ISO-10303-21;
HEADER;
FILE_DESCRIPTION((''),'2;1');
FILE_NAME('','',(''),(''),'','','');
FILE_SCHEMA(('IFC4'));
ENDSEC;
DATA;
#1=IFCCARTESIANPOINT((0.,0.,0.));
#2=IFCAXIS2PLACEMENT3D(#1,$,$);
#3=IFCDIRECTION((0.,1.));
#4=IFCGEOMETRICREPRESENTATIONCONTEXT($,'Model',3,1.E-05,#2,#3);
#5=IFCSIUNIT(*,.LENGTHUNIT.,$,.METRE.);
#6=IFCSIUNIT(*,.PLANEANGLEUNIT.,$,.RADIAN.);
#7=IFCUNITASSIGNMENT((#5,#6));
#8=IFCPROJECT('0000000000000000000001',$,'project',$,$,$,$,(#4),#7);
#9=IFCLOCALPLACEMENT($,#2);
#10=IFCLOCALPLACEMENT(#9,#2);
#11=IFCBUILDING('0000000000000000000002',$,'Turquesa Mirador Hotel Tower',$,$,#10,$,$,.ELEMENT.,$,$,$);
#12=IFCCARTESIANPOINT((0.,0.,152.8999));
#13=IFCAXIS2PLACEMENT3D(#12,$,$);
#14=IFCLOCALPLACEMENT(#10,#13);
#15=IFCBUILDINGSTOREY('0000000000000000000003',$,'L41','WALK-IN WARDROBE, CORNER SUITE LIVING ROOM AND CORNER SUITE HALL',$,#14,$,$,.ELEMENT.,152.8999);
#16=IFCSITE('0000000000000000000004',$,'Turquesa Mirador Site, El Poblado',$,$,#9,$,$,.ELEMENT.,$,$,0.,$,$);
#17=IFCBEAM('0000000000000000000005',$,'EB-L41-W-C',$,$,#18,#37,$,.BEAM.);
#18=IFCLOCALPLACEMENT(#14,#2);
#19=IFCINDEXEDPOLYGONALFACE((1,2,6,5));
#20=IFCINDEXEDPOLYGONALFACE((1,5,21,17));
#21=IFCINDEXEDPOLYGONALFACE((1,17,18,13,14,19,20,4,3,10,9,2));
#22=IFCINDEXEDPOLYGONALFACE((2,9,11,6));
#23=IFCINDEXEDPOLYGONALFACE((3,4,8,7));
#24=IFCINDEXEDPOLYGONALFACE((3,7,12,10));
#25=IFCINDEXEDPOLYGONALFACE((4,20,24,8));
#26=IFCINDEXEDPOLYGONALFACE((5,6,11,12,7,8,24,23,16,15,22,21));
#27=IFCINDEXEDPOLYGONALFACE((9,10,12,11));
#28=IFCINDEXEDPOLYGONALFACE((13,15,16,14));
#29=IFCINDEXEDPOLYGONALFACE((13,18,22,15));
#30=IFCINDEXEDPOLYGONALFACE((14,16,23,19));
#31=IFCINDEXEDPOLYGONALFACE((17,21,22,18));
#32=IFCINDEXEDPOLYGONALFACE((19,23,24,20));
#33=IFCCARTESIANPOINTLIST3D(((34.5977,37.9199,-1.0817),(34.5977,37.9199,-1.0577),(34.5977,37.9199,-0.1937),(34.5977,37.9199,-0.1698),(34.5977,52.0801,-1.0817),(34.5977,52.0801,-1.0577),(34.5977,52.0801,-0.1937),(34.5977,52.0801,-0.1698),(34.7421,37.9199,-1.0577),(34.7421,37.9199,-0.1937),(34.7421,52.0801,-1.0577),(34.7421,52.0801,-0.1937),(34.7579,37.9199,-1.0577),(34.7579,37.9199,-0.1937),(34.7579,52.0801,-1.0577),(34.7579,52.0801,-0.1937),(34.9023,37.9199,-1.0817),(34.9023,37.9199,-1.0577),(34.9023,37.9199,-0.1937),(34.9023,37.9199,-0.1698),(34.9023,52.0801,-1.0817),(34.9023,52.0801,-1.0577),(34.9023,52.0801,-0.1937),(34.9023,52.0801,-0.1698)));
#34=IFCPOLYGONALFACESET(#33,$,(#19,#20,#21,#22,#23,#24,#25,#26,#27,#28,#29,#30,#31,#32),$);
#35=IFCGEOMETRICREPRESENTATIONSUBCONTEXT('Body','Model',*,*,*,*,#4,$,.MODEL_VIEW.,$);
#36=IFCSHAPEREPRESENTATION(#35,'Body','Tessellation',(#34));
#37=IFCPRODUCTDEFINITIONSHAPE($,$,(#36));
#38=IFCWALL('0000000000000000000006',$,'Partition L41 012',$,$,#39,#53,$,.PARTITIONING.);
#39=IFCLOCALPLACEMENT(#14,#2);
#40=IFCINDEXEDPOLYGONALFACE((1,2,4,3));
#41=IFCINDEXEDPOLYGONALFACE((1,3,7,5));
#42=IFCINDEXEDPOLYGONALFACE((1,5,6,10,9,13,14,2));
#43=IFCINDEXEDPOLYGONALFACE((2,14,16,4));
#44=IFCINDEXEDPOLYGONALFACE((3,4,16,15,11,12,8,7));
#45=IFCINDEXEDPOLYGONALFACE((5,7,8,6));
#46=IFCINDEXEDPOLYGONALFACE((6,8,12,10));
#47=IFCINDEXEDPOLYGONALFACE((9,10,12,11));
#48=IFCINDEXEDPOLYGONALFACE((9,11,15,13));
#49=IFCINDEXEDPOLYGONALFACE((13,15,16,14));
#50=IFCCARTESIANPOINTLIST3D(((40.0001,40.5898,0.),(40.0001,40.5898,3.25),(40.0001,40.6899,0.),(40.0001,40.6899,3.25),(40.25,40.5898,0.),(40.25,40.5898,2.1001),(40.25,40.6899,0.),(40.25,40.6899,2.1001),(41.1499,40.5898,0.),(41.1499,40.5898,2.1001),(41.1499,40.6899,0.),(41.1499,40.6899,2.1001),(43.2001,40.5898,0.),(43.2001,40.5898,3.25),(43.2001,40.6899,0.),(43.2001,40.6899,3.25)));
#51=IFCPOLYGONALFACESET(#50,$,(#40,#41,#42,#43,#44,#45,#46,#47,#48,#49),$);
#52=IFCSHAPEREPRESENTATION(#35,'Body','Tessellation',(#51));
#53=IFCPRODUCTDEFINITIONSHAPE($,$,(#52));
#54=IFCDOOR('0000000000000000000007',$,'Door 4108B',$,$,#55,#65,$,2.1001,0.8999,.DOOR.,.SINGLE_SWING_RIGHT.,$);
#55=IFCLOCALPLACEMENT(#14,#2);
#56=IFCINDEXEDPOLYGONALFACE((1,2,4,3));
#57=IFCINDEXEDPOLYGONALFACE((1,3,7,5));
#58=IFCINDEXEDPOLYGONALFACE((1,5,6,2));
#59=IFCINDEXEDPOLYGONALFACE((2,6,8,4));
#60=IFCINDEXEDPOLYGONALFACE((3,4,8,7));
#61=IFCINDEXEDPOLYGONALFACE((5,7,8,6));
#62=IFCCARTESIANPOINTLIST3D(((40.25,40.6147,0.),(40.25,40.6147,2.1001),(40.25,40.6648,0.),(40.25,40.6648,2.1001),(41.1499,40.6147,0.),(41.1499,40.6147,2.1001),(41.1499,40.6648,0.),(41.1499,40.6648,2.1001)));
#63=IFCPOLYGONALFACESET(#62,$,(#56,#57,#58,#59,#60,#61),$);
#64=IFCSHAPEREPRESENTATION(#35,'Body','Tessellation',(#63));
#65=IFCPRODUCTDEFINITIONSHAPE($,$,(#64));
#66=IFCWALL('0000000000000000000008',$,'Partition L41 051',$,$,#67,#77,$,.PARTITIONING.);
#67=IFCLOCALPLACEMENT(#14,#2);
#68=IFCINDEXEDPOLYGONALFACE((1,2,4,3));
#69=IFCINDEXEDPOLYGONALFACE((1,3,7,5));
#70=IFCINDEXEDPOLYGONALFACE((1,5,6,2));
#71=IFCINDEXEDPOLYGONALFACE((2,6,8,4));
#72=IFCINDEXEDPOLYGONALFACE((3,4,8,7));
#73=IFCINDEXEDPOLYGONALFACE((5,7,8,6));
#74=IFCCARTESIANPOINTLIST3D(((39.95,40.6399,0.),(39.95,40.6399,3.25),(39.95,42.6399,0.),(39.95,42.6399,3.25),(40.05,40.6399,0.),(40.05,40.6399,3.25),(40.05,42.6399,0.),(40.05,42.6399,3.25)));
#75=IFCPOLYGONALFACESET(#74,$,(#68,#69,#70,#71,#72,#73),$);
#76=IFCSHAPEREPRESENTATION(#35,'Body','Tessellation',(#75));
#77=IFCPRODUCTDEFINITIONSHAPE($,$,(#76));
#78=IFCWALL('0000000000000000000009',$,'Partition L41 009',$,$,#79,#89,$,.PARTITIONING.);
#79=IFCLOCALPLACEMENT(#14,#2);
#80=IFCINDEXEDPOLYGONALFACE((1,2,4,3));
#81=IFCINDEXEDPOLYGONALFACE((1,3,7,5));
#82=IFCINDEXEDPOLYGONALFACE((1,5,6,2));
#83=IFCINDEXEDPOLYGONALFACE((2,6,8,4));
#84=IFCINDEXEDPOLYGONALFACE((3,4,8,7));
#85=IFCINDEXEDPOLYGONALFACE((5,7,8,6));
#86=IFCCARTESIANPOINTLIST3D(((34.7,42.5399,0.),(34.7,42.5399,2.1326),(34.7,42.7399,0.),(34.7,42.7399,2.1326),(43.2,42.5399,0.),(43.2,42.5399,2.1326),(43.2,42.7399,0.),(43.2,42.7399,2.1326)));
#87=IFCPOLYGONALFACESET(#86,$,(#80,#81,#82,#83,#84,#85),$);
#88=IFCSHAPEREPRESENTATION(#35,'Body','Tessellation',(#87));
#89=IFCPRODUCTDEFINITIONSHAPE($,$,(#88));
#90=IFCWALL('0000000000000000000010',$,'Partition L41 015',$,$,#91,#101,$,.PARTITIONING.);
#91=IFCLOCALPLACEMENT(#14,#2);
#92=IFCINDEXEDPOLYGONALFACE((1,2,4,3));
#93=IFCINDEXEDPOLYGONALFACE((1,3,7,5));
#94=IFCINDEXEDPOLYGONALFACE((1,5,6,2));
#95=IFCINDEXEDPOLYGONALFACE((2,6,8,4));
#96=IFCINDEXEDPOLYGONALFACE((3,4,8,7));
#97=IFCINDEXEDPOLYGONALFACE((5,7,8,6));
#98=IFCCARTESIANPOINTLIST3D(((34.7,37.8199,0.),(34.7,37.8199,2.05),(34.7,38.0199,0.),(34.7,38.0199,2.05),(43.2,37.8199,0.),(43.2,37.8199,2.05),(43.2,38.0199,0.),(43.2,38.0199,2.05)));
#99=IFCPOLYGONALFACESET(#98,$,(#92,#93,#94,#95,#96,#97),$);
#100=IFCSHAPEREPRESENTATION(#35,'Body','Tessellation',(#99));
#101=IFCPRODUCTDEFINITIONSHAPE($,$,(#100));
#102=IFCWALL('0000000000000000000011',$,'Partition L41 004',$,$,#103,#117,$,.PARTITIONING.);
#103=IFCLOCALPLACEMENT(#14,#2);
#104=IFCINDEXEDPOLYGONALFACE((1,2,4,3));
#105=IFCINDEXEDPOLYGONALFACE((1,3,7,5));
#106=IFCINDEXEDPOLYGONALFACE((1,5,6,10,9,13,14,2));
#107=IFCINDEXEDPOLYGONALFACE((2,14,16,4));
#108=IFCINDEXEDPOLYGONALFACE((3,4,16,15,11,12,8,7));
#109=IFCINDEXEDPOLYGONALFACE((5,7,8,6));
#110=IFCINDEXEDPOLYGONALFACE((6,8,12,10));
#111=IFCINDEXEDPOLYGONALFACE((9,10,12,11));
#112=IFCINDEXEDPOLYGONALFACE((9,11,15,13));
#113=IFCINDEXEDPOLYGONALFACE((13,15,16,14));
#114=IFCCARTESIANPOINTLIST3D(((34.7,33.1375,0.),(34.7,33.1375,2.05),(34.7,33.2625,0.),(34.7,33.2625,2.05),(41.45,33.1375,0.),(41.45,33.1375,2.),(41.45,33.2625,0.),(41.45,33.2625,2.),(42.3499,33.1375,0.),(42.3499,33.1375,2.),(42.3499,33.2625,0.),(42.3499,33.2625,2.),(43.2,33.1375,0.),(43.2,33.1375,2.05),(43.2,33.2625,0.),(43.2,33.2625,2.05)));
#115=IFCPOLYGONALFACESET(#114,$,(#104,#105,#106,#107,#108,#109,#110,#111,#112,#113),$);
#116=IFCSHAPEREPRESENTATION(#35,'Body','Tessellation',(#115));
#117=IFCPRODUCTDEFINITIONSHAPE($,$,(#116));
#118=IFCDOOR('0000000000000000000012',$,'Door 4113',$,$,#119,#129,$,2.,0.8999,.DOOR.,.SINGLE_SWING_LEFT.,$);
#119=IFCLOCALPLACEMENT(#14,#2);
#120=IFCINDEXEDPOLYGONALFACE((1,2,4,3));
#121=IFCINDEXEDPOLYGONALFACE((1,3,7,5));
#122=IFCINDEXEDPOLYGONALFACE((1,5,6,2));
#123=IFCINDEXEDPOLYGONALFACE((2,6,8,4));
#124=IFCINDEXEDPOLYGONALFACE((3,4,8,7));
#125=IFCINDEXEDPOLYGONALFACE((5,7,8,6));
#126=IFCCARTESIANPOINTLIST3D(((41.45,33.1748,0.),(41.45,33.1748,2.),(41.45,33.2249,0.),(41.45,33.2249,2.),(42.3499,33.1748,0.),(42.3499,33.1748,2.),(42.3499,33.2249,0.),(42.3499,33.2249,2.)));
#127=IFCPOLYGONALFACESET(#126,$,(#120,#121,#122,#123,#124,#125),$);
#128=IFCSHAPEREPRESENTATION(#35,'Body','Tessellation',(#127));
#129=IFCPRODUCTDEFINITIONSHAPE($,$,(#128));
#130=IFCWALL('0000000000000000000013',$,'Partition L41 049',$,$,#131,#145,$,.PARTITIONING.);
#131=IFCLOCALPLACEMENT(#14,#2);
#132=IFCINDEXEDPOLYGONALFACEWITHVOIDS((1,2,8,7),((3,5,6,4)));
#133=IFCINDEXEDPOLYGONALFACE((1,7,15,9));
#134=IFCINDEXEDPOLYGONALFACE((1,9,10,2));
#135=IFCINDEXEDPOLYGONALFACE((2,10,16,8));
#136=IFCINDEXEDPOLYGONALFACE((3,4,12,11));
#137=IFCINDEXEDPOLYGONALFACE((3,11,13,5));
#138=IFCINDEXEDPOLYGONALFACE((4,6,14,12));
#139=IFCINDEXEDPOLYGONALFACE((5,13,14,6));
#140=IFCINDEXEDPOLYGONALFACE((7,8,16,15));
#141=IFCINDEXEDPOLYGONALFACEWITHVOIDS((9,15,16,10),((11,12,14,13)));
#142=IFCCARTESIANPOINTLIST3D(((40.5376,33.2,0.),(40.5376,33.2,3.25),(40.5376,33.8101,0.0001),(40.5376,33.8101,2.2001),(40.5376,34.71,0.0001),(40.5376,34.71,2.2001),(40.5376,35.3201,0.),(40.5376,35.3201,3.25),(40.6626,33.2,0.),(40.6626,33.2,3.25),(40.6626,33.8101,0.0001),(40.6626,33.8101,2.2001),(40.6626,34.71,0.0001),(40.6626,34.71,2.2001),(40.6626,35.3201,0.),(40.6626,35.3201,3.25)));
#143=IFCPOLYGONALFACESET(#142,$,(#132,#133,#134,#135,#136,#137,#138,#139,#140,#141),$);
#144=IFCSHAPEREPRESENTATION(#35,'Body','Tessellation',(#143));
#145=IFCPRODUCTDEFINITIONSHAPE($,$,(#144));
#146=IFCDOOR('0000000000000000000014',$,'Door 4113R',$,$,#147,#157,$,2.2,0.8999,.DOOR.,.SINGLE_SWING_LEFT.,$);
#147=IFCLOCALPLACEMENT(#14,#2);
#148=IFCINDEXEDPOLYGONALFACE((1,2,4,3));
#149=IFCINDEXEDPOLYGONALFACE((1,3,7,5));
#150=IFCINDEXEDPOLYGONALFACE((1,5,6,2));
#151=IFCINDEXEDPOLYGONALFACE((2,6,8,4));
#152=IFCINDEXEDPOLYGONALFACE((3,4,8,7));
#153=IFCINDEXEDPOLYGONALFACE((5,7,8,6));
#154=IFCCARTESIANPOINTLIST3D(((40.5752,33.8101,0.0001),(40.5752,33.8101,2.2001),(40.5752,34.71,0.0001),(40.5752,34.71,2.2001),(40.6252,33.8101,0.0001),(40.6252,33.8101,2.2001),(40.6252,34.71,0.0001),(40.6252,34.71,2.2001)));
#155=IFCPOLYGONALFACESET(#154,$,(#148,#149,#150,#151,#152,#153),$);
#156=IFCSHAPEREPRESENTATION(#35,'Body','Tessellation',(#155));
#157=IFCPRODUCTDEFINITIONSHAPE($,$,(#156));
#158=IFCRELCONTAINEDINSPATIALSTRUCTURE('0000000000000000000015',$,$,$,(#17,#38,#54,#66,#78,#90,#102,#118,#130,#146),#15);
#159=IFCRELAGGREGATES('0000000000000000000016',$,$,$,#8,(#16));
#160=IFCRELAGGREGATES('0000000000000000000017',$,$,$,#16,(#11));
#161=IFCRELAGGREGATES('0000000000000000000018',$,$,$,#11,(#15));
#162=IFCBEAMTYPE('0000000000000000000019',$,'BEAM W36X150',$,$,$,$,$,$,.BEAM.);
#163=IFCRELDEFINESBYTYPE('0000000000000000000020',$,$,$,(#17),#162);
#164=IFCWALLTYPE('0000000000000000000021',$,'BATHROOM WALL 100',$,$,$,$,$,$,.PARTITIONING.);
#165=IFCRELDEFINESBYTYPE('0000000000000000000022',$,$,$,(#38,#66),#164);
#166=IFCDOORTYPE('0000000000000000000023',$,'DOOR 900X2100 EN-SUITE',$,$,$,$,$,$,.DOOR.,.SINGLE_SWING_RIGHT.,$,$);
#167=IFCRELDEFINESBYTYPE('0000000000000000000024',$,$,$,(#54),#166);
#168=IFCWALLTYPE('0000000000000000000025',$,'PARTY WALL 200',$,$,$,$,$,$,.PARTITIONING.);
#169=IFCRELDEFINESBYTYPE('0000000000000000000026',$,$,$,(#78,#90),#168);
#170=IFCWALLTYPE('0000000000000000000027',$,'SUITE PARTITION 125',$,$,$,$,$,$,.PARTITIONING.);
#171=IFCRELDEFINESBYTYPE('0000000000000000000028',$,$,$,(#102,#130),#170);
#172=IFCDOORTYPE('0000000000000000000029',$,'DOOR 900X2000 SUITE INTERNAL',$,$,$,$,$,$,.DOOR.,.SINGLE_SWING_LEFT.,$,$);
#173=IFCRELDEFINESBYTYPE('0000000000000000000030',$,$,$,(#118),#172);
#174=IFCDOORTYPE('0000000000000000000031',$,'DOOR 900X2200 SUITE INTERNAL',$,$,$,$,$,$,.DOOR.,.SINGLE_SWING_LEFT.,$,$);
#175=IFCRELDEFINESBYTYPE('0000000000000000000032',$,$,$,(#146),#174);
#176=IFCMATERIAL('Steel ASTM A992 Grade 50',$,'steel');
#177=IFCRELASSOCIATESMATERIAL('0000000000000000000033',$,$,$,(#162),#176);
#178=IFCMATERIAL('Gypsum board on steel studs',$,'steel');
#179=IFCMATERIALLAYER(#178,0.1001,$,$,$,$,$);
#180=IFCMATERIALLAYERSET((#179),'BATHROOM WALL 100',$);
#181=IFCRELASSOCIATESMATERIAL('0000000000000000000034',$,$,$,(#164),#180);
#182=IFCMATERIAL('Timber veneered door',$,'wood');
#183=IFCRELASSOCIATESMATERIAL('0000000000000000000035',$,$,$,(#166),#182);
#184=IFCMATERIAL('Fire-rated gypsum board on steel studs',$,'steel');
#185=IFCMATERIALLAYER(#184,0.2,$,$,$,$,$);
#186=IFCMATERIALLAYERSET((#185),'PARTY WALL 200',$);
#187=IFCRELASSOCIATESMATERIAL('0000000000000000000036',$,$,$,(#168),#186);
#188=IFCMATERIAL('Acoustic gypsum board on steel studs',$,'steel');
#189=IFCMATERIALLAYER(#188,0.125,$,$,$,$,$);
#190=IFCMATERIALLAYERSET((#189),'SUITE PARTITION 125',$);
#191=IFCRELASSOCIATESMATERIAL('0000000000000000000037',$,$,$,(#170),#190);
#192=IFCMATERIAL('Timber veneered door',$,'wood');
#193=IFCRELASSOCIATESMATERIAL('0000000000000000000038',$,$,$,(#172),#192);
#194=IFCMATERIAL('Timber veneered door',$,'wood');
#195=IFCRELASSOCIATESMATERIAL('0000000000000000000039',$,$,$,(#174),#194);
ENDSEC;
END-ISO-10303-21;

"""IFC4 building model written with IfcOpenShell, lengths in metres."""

from ifc_helpers import new_model, si_unit, direction, frame, frame_2d, origin, origin_2d, place, context, subcontext, project, spatial, rectangle, i_section, extrude, material, layer, layer_set, material_profile, profile_set, type_object, element, fill, save


model = new_model("IFC4")

# Units and contexts
model_context = context("Model", 3, precision=1e-05, world=origin(), true_north=direction((0.0, 1.0)))
body_context = subcontext(model_context, "Body", "Model", "MODEL_VIEW")
ifc_project = project(units=[si_unit("LENGTHUNIT", "METRE"), si_unit("PLANEANGLEUNIT", "RADIAN")], contexts=[model_context])

# Site, building, storey
site_placement = place(None, origin())
site = spatial("IfcSite", under=ifc_project, at=site_placement, Name="Turquesa Mirador Site, El Poblado", CompositionType="ELEMENT", RefElevation=0.0)
building_placement = place(site_placement, origin())
building = spatial("IfcBuilding", under=site, at=building_placement, Name="Turquesa Mirador Hotel Tower", CompositionType="ELEMENT")
storey_placement = place(building_placement, frame((0.0, 0.0, 152.8999)))
storey = spatial("IfcBuildingStorey", under=building, at=storey_placement, Name="L41", Description="WALK-IN WARDROBE, CORNER SUITE LIVING ROOM AND CORNER SUITE HALL", CompositionType="ELEMENT", Elevation=152.8999)

# Beam
ifc_material_1 = material(Name="Steel ASTM A992 Grade 50", Category="steel")
ifc_material_profile_1 = material_profile(ifc_material_1, i_section(OverallWidth=0.3047, OverallDepth=0.9119, WebThickness=0.0159, FlangeThickness=0.0239, at=origin_2d()), Name="W36X150")
ifc_profile_set_1 = profile_set([ifc_material_profile_1], Name="Steel ASTM A992 Grade 50")
beam_type_1 = type_object("IfcBeamType", Name="BEAM W36X150", PredefinedType="BEAM", material=ifc_profile_set_1)
beam_1_placement = place(storey_placement, frame((34.75, 37.9199, -0.6257), z_axis=(0.0, 1.0, 0.0), x_axis=(-1.0, 0.0, 0.0)))
element("IfcBeam", 1, at=beam_1_placement, inside=storey, type_object=beam_type_1, Name="EB-L41-W-C", PredefinedType="BEAM", context=body_context, shape_type="SweptSolid", body=[
    extrude(i_section(OverallWidth=0.3047, OverallDepth=0.9119, WebThickness=0.0159, FlangeThickness=0.0239, at=origin_2d()), origin(), (0.0, 0.0, 1.0), 14.1602),
])

# Wall, opening, door
ifc_material_2 = material(Name="Gypsum board on steel studs", Category="steel")
ifc_layer_1 = layer(ifc_material_2, 0.1001)
ifc_layer_set_1 = layer_set([ifc_layer_1], Name="BATHROOM WALL 100")
wall_type_1 = type_object("IfcWallType", Name="BATHROOM WALL 100", PredefinedType="PARTITIONING", material=ifc_layer_set_1)
wall_1_placement = place(storey_placement, frame((40.0, 40.6399, 0.0), z_axis=(0.0, 0.0, 1.0), x_axis=(1.0, 0.0, 0.0)))
wall_1 = element("IfcWall", 2, at=wall_1_placement, inside=storey, type_object=wall_type_1, Name="Partition L41 012", PredefinedType="PARTITIONING", context=body_context, shape_type="SweptSolid", body=[
    extrude(rectangle(XDim=3.2, YDim=0.1001, at=frame_2d((1.6001, 0.0))), origin(), (0.0, 0.0, 1.0), 3.25),
])
opening_1_placement = place(wall_1_placement, frame((0.25, 0.0, 0.0)))
opening_1 = element("IfcOpeningElement", 3, at=opening_1_placement, cuts=wall_1, PredefinedType="OPENING", context=body_context, shape_type="SweptSolid", body=[
    extrude(rectangle(XDim=0.8999, YDim=2.1001, at=frame_2d((0.45, 1.05))), frame((0.0, 0.0601, 0.0), z_axis=(0.0, -1.0, 0.0), x_axis=(1.0, 0.0, 0.0)), (0.0, 0.0, 1.0), 0.1201),
])
ifc_material_3 = material(Name="Timber veneered door", Category="wood")
door_type_1 = type_object("IfcDoorType", Name="DOOR 900X2100 EN-SUITE", OperationType="SINGLE_SWING_RIGHT", PredefinedType="DOOR", material=ifc_material_3)
door_1_placement = place(opening_1_placement, origin())
door_1 = element("IfcDoor", 4, at=door_1_placement, inside=storey, type_object=door_type_1, Name="Door 4108B", OperationType="SINGLE_SWING_RIGHT", OverallHeight=2.1001, OverallWidth=0.8999, PredefinedType="DOOR", context=body_context, shape_type="SweptSolid", body=[
    extrude(rectangle(XDim=0.8999, YDim=2.1001, at=frame_2d((0.45, 1.05))), frame((0.0, 0.0249, 0.0), z_axis=(0.0, -1.0, 0.0), x_axis=(1.0, 0.0, 0.0)), (0.0, 0.0, 1.0), 0.05),
])
fill(opening_1, door_1)

# Walls
wall_2_placement = place(storey_placement, frame((40.0, 40.6399, 0.0), z_axis=(0.0, 0.0, 1.0), x_axis=(0.0, 1.0, 0.0)))
element("IfcWall", 5, at=wall_2_placement, inside=storey, type_object=wall_type_1, Name="Partition L41 051", PredefinedType="PARTITIONING", context=body_context, shape_type="SweptSolid", body=[
    extrude(rectangle(XDim=2.0, YDim=0.1001, at=frame_2d((1.0, 0.0))), origin(), (0.0, 0.0, 1.0), 3.25),
])
ifc_material_4 = material(Name="Fire-rated gypsum board on steel studs", Category="steel")
ifc_layer_2 = layer(ifc_material_4, 0.2)
ifc_layer_set_2 = layer_set([ifc_layer_2], Name="PARTY WALL 200")
wall_type_2 = type_object("IfcWallType", Name="PARTY WALL 200", PredefinedType="PARTITIONING", material=ifc_layer_set_2)
wall_3_placement = place(storey_placement, frame((34.7, 42.6399, 0.0), z_axis=(0.0, 0.0, 1.0), x_axis=(1.0, 0.0, 0.0)))
element("IfcWall", 6, at=wall_3_placement, inside=storey, type_object=wall_type_2, Name="Partition L41 009", PredefinedType="PARTITIONING", context=body_context, shape_type="SweptSolid", body=[
    extrude(rectangle(XDim=8.5, YDim=0.2, at=frame_2d((4.25, 0.0))), origin(), (0.0, 0.0, 1.0), 2.1326),
])
wall_4_placement = place(storey_placement, frame((34.7, 37.9199, 0.0), z_axis=(0.0, 0.0, 1.0), x_axis=(1.0, 0.0, 0.0)))
element("IfcWall", 7, at=wall_4_placement, inside=storey, type_object=wall_type_2, Name="Partition L41 015", PredefinedType="PARTITIONING", context=body_context, shape_type="SweptSolid", body=[
    extrude(rectangle(XDim=8.5, YDim=0.2, at=frame_2d((4.25, 0.0))), origin(), (0.0, 0.0, 1.0), 2.05),
])

# Walls, openings, doors
ifc_material_5 = material(Name="Acoustic gypsum board on steel studs", Category="steel")
ifc_layer_3 = layer(ifc_material_5, 0.125)
ifc_layer_set_3 = layer_set([ifc_layer_3], Name="SUITE PARTITION 125")
wall_type_3 = type_object("IfcWallType", Name="SUITE PARTITION 125", PredefinedType="PARTITIONING", material=ifc_layer_set_3)
wall_5_placement = place(storey_placement, frame((34.7, 33.2, 0.0), z_axis=(0.0, 0.0, 1.0), x_axis=(1.0, 0.0, 0.0)))
wall_5 = element("IfcWall", 8, at=wall_5_placement, inside=storey, type_object=wall_type_3, Name="Partition L41 004", PredefinedType="PARTITIONING", context=body_context, shape_type="SweptSolid", body=[
    extrude(rectangle(XDim=8.5, YDim=0.125, at=frame_2d((4.25, 0.0))), origin(), (0.0, 0.0, 1.0), 2.05),
])
opening_2_placement = place(wall_5_placement, frame((6.75, 0.0, 0.0)))
opening_2 = element("IfcOpeningElement", 9, at=opening_2_placement, cuts=wall_5, PredefinedType="OPENING", context=body_context, shape_type="SweptSolid", body=[
    extrude(rectangle(XDim=0.8999, YDim=2.0, at=frame_2d((0.45, 1.0))), frame((0.0, 0.0725, 0.0), z_axis=(0.0, -1.0, 0.0), x_axis=(1.0, 0.0, 0.0)), (0.0, 0.0, 1.0), 0.145),
])
ifc_material_6 = material(Name="Timber veneered door", Category="wood")
door_type_2 = type_object("IfcDoorType", Name="DOOR 900X2000 SUITE INTERNAL", OperationType="SINGLE_SWING_LEFT", PredefinedType="DOOR", material=ifc_material_6)
door_2_placement = place(opening_2_placement, origin())
door_2 = element("IfcDoor", 10, at=door_2_placement, inside=storey, type_object=door_type_2, Name="Door 4113", OperationType="SINGLE_SWING_LEFT", OverallHeight=2.0, OverallWidth=0.8999, PredefinedType="DOOR", context=body_context, shape_type="SweptSolid", body=[
    extrude(rectangle(XDim=0.8999, YDim=2.0, at=frame_2d((0.45, 1.0))), frame((0.0, 0.0249, 0.0), z_axis=(0.0, -1.0, 0.0), x_axis=(1.0, 0.0, 0.0)), (0.0, 0.0, 1.0), 0.05),
])
fill(opening_2, door_2)
wall_6_placement = place(storey_placement, frame((40.6001, 33.2, 0.0), z_axis=(0.0, 0.0, 1.0), x_axis=(0.0, 1.0, 0.0)))
wall_6 = element("IfcWall", 11, at=wall_6_placement, inside=storey, type_object=wall_type_3, Name="Partition L41 049", PredefinedType="PARTITIONING", context=body_context, shape_type="SweptSolid", body=[
    extrude(rectangle(XDim=2.1201, YDim=0.125, at=frame_2d((1.0601, 0.0))), origin(), (0.0, 0.0, 1.0), 3.25),
])
opening_3_placement = place(wall_6_placement, frame((0.6101, 0.0, 0.0)))
opening_3 = element("IfcOpeningElement", 12, at=opening_3_placement, cuts=wall_6, PredefinedType="OPENING", context=body_context, shape_type="SweptSolid", body=[
    extrude(rectangle(XDim=0.8999, YDim=2.2, at=frame_2d((0.45, 1.1001))), frame((0.0, 0.0725, 0.0), z_axis=(0.0, -1.0, 0.0), x_axis=(1.0, 0.0, 0.0)), (0.0, 0.0, 1.0), 0.145),
])
ifc_material_7 = material(Name="Timber veneered door", Category="wood")
door_type_3 = type_object("IfcDoorType", Name="DOOR 900X2200 SUITE INTERNAL", OperationType="SINGLE_SWING_LEFT", PredefinedType="DOOR", material=ifc_material_7)
door_3_placement = place(opening_3_placement, origin())
door_3 = element("IfcDoor", 13, at=door_3_placement, inside=storey, type_object=door_type_3, Name="Door 4113R", OperationType="SINGLE_SWING_LEFT", OverallHeight=2.2, OverallWidth=0.8999, PredefinedType="DOOR", context=body_context, shape_type="SweptSolid", body=[
    extrude(rectangle(XDim=0.8999, YDim=2.2, at=frame_2d((0.45, 1.1001))), frame((0.0, 0.0249, 0.0), z_axis=(0.0, -1.0, 0.0), x_axis=(1.0, 0.0, 0.0)), (0.0, 0.0, 1.0), 0.05),
])
fill(opening_3, door_3)

save(model, "model.ifc")
